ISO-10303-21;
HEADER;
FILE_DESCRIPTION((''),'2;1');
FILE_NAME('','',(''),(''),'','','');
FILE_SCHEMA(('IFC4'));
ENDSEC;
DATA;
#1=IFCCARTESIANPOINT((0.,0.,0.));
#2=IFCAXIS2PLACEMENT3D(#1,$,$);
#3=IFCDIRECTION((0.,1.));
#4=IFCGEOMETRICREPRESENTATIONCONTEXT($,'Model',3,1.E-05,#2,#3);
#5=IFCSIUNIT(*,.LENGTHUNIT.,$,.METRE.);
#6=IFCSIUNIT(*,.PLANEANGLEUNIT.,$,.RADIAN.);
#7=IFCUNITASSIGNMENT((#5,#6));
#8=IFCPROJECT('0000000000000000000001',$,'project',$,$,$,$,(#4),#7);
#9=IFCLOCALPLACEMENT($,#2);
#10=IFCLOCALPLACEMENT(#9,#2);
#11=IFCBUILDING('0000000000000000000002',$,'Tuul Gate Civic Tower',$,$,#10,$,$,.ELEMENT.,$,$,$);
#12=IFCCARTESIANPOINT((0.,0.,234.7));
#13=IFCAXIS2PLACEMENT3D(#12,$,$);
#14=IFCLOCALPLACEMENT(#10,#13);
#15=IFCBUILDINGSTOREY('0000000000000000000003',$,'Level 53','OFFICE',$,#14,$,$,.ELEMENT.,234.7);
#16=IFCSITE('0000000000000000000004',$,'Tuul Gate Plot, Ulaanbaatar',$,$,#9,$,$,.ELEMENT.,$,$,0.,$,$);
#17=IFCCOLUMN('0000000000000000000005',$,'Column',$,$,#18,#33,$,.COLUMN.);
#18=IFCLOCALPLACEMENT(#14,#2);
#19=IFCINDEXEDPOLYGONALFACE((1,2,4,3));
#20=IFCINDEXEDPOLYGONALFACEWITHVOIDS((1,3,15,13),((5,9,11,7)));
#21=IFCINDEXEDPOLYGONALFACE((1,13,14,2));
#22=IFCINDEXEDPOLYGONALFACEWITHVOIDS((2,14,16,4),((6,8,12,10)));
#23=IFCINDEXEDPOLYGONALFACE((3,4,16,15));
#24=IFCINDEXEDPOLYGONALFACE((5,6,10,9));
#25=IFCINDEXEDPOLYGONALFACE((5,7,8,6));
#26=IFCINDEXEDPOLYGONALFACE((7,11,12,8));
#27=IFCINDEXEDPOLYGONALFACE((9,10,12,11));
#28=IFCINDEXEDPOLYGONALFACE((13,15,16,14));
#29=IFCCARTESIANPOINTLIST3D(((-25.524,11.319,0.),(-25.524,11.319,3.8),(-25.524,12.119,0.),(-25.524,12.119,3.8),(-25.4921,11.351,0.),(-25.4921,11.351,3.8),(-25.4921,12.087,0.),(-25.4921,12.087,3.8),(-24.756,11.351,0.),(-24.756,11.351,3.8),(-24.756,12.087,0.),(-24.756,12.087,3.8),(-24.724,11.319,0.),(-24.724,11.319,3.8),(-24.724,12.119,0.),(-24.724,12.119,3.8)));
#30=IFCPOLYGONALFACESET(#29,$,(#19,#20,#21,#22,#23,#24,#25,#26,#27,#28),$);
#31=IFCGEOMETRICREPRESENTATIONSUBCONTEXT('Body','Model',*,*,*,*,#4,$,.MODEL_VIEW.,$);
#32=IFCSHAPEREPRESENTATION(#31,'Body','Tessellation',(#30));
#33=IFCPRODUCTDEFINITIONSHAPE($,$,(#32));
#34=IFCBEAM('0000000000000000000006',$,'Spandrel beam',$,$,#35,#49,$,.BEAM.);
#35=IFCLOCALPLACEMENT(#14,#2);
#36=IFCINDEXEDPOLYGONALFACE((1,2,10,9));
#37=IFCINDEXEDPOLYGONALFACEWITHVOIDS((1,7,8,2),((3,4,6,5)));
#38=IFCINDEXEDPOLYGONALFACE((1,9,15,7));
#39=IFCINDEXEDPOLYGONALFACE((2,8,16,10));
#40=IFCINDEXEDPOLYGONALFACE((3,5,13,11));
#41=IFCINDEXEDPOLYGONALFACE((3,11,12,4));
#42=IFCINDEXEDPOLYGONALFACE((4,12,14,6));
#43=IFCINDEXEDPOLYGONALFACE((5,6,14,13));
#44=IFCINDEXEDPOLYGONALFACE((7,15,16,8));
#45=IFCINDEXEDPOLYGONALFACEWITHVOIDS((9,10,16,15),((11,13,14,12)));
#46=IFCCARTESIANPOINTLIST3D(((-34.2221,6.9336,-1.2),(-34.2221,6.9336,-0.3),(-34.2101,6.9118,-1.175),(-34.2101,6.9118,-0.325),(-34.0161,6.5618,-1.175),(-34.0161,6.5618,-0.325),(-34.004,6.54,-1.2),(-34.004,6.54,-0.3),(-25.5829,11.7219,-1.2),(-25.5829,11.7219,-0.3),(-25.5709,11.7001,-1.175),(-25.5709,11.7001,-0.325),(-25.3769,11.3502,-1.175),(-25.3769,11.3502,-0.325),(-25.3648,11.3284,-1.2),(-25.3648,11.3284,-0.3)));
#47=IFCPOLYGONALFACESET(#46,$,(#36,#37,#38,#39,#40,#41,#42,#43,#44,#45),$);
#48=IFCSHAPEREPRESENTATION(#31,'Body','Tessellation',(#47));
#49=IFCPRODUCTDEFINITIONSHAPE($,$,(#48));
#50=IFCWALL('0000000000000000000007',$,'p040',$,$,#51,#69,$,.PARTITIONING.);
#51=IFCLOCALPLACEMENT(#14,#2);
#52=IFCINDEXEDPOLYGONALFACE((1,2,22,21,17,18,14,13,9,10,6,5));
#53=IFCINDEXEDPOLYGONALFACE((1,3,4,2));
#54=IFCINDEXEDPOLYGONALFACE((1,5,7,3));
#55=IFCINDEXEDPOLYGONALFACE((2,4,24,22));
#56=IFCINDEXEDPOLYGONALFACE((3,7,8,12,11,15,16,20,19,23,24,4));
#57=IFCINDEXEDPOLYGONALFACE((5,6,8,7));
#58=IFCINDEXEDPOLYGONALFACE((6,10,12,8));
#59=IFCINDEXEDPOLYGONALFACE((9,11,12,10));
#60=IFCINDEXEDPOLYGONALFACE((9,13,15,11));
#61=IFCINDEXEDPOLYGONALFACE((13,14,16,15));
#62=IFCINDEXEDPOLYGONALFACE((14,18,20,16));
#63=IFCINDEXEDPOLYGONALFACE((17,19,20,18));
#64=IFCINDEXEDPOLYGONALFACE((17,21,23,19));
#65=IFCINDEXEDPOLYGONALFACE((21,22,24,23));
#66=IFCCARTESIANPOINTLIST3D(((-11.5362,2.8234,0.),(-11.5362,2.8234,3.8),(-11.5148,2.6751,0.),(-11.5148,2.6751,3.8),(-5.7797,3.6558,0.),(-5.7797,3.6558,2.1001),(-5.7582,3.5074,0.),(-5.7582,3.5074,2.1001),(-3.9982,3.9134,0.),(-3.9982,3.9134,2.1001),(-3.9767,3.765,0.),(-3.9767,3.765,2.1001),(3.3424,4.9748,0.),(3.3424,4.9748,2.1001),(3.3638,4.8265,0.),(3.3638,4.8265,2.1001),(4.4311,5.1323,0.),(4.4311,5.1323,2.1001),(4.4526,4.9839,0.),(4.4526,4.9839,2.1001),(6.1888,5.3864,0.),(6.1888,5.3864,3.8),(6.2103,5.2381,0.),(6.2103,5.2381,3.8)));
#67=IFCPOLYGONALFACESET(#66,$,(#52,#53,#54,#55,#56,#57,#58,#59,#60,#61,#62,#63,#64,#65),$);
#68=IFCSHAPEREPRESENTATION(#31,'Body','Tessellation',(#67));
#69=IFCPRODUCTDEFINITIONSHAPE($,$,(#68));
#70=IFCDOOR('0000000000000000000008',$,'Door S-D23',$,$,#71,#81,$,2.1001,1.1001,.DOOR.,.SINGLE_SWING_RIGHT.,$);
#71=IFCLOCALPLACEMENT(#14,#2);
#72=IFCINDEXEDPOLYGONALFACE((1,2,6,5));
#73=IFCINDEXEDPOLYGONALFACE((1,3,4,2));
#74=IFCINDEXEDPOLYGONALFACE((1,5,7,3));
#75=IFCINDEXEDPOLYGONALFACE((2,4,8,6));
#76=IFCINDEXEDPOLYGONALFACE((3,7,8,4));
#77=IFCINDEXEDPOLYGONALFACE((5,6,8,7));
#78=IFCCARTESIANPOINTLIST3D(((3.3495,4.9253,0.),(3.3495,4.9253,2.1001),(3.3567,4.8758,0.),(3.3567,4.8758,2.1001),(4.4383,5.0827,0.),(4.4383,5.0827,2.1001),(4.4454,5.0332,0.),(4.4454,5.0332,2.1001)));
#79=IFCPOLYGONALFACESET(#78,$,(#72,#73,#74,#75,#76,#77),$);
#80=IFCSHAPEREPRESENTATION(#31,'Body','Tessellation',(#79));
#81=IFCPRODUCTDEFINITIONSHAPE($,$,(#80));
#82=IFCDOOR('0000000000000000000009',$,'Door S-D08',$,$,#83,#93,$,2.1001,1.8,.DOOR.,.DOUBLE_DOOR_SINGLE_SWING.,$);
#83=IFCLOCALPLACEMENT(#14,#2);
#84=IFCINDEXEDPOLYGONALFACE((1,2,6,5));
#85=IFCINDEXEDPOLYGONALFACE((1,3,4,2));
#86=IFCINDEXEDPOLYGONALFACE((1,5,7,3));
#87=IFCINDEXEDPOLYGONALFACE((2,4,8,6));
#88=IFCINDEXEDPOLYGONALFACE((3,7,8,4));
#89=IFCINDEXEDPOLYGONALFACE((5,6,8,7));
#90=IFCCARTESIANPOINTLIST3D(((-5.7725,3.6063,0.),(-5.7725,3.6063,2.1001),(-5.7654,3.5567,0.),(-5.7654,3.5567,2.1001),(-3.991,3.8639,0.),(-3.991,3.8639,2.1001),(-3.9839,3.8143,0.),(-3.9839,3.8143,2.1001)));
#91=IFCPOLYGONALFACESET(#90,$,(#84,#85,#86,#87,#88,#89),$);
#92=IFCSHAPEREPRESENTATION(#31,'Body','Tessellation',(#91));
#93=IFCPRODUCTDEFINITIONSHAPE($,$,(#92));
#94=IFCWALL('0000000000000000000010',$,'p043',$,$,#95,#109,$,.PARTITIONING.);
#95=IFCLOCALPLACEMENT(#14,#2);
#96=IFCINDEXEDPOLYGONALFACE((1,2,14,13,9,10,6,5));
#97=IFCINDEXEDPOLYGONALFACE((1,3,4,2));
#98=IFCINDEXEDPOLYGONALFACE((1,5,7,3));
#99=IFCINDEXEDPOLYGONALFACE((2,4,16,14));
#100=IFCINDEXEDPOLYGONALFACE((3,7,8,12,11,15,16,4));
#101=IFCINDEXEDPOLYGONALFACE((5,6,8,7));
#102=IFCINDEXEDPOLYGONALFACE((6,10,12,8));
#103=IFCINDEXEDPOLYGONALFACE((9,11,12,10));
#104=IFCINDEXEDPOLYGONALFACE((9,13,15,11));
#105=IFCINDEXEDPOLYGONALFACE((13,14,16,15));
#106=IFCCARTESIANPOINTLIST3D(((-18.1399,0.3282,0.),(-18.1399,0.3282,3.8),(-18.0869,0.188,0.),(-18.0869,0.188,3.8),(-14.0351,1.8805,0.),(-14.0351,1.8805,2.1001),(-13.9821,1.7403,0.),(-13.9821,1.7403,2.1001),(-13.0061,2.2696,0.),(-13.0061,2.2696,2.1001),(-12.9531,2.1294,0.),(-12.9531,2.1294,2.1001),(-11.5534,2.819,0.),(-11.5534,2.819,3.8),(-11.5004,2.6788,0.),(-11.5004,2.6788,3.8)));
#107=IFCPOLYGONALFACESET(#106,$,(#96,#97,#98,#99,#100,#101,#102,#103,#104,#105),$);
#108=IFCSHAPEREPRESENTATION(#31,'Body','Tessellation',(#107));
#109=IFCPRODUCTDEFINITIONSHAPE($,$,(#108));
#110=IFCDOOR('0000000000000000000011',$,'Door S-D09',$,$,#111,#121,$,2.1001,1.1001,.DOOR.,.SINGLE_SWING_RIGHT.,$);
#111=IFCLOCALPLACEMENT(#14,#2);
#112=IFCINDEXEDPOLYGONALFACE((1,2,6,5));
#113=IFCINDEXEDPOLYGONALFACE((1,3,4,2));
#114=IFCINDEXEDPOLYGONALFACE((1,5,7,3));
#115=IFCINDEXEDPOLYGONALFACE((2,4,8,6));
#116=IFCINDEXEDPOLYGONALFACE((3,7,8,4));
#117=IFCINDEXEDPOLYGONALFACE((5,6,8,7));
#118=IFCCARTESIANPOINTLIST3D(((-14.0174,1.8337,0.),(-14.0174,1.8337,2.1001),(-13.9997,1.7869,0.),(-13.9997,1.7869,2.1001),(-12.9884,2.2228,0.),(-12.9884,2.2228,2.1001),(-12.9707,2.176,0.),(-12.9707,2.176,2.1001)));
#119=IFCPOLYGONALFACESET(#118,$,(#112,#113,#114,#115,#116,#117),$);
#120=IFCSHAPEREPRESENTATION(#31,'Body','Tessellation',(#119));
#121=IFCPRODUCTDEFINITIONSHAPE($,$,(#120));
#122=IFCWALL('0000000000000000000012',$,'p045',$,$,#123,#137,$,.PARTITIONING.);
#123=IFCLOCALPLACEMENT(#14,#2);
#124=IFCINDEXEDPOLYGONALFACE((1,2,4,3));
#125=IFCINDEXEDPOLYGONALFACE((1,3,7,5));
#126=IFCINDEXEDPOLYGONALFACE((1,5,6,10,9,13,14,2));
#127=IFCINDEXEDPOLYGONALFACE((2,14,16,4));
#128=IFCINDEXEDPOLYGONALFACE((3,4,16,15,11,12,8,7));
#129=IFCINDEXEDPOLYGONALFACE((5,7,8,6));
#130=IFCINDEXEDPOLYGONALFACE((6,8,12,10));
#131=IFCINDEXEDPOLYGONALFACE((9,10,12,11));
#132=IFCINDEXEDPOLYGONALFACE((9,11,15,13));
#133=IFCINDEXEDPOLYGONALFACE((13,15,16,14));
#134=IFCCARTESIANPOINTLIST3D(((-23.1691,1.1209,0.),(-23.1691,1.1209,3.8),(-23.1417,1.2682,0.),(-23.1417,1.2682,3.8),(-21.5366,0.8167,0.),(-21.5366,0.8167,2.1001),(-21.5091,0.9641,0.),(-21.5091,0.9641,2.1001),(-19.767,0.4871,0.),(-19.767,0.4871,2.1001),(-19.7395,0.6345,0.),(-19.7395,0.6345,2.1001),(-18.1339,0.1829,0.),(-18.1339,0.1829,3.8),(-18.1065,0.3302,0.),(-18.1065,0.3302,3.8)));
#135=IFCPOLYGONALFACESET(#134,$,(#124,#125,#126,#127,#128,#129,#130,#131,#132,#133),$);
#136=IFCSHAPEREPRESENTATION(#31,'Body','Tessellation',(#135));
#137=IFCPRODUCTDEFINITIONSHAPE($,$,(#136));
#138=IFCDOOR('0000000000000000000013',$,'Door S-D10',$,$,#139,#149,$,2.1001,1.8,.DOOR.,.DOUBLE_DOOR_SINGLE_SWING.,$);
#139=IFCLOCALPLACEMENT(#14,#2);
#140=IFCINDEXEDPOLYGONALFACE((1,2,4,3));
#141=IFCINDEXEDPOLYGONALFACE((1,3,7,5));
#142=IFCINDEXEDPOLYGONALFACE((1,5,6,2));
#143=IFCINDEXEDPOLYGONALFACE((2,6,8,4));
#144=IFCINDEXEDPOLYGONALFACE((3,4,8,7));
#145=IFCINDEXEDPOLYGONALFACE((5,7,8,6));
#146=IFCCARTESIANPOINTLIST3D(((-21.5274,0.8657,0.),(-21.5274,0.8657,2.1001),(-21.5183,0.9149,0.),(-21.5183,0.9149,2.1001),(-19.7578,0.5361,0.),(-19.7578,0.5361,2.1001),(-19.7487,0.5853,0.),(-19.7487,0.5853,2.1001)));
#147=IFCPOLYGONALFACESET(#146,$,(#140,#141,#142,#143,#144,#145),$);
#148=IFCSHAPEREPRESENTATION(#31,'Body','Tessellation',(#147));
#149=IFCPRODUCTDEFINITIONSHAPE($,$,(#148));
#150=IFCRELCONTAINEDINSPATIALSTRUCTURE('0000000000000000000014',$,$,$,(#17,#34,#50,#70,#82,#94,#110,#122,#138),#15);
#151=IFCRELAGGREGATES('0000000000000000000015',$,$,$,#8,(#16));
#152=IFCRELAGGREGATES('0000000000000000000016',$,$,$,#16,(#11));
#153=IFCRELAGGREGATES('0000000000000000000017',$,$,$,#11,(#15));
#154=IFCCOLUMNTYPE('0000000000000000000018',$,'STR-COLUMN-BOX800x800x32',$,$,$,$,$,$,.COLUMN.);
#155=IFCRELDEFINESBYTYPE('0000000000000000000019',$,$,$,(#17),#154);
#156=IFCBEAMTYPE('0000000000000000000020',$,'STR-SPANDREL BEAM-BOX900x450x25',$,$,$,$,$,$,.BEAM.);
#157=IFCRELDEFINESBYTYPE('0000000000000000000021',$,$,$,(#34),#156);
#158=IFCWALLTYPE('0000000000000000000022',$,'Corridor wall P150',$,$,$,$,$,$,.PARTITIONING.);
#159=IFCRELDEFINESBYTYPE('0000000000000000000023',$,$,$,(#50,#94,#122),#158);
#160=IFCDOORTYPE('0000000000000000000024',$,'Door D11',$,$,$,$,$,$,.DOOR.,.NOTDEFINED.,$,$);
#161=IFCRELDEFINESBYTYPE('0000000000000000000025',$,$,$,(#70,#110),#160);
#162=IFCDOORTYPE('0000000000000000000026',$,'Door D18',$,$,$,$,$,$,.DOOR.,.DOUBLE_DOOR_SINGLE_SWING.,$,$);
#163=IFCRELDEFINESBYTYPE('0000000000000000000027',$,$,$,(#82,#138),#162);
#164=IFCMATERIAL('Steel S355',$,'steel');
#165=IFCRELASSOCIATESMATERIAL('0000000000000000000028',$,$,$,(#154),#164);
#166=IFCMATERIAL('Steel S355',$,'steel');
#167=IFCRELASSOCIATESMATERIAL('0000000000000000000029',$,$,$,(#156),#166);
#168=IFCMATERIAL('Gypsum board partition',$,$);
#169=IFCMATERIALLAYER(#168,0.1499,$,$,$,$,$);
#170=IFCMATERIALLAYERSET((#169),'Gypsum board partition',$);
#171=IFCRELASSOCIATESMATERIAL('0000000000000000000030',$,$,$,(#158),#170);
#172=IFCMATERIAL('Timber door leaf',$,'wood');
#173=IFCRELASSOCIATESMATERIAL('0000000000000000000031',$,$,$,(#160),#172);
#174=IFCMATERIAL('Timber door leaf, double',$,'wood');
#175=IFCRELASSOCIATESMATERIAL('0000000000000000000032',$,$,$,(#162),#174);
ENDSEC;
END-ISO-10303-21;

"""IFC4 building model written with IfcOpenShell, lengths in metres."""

from ifc_helpers import new_model, si_unit, direction, frame, frame_2d, origin, origin_2d, place, context, subcontext, project, spatial, rectangle, hollow_rectangle, extrude, material, layer, layer_set, material_profile, profile_set, type_object, element, fill, save


model = new_model("IFC4")

# Units and contexts
model_context = context("Model", 3, precision=1e-05, world=origin(), true_north=direction((0.0, 1.0)))
body_context = subcontext(model_context, "Body", "Model", "MODEL_VIEW")
ifc_project = project(units=[si_unit("LENGTHUNIT", "METRE"), si_unit("PLANEANGLEUNIT", "RADIAN")], contexts=[model_context])

# Site, building, storey
site_placement = place(None, origin())
site = spatial("IfcSite", under=ifc_project, at=site_placement, Name="Tuul Gate Plot, Ulaanbaatar", CompositionType="ELEMENT", RefElevation=0.0)
building_placement = place(site_placement, origin())
building = spatial("IfcBuilding", under=site, at=building_placement, Name="Tuul Gate Civic Tower", CompositionType="ELEMENT")
storey_placement = place(building_placement, frame((0.0, 0.0, 234.7)))
storey = spatial("IfcBuildingStorey", under=building, at=storey_placement, Name="Level 53", Description="OFFICE", CompositionType="ELEMENT", Elevation=234.7)

# Column
ifc_material_1 = material(Name="Steel S355", Category="steel")
ifc_material_profile_1 = material_profile(ifc_material_1, hollow_rectangle(XDim=0.8, YDim=0.8, WallThickness=0.032, at=origin_2d()), Name="BOX800x800x32")
ifc_profile_set_1 = profile_set([ifc_material_profile_1], Name="Steel S355")
column_type = type_object("IfcColumnType", Name="STR-COLUMN-BOX800x800x32", PredefinedType="COLUMN", material=ifc_profile_set_1)
column_placement = place(storey_placement, frame((-25.124, 11.719, 0.0), z_axis=(0.0, 0.0, 1.0), x_axis=(1.0, 0.0, 0.0)))
element("IfcColumn", 1, at=column_placement, inside=storey, type_object=column_type, Name="Column", PredefinedType="COLUMN", context=body_context, shape_type="SweptSolid", body=[
    extrude(hollow_rectangle(XDim=0.8, YDim=0.8, WallThickness=0.032, at=origin_2d()), origin(), (0.0, 0.0, 1.0), 3.8),
])

# Beam
ifc_material_2 = material(Name="Steel S355", Category="steel")
ifc_material_profile_2 = material_profile(ifc_material_2, hollow_rectangle(XDim=0.45, YDim=0.8999, WallThickness=0.0249, at=origin_2d()), Name="BOX900x450x25")
ifc_profile_set_2 = profile_set([ifc_material_profile_2], Name="Steel S355")
beam_type = type_object("IfcBeamType", Name="STR-SPANDREL BEAM-BOX900x450x25", PredefinedType="BEAM", material=ifc_profile_set_2)
beam_placement = place(storey_placement, frame((-25.4739, 11.5251, -0.75), z_axis=(-0.874638, -0.484776, 0.0), x_axis=(0.484776, -0.874638, 0.0)))
element("IfcBeam", 2, at=beam_placement, inside=storey, type_object=beam_type, Name="Spandrel beam", PredefinedType="BEAM", context=body_context, shape_type="SweptSolid", body=[
    extrude(hollow_rectangle(XDim=0.45, YDim=0.8999, WallThickness=0.0249, at=origin_2d()), origin(), (0.0, 0.0, 1.0), 9.8774),
])

# Wall, openings, doors
ifc_material_3 = material(Name="Gypsum board partition")
ifc_layer_1 = layer(ifc_material_3, 0.1499)
ifc_layer_set_1 = layer_set([ifc_layer_1], Name="Gypsum board partition")
wall_type_1 = type_object("IfcWallType", Name="Corridor wall P150", PredefinedType="PARTITIONING", material=ifc_layer_set_1)
wall_1_placement = place(storey_placement, frame((-11.5254, 2.7493, 0.0), z_axis=(0.0, 0.0, 1.0), x_axis=(0.989707, 0.143108, 0.0)))
wall_1 = element("IfcWall", 3, at=wall_1_placement, inside=storey, type_object=wall_type_1, Name="p040", PredefinedType="PARTITIONING", context=body_context, shape_type="SweptSolid", body=[
    extrude(rectangle(XDim=17.9094, YDim=0.1499, at=frame_2d((8.9546, 0.0))), origin(), (0.0, 0.0, 1.0), 3.8),
])
opening_1_placement = place(wall_1_placement, frame((5.8164, 0.0, 0.0)))
opening_1 = element("IfcOpeningElement", 4, at=opening_1_placement, cuts=wall_1, PredefinedType="OPENING", context=body_context, shape_type="SweptSolid", body=[
    extrude(rectangle(XDim=1.8, YDim=2.1001, at=frame_2d((0.8999, 1.05))), frame((0.0, 0.085, 0.0), z_axis=(0.0, -1.0, 0.0), x_axis=(1.0, 0.0, 0.0)), (0.0, 0.0, 1.0), 0.1699),
])
opening_2_placement = place(wall_1_placement, frame((15.0332, 0.0, 0.0)))
opening_2 = element("IfcOpeningElement", 5, at=opening_2_placement, cuts=wall_1, PredefinedType="OPENING", context=body_context, shape_type="SweptSolid", body=[
    extrude(rectangle(XDim=1.1001, YDim=2.1001, at=frame_2d((0.55, 1.05))), frame((0.0, 0.085, 0.0), z_axis=(0.0, -1.0, 0.0), x_axis=(1.0, 0.0, 0.0)), (0.0, 0.0, 1.0), 0.1699),
])
ifc_material_4 = material(Name="Timber door leaf", Category="wood")
door_type_1 = type_object("IfcDoorType", Name="Door D11", OperationType="NOTDEFINED", PredefinedType="DOOR", material=ifc_material_4)
door_1_placement = place(opening_2_placement, origin())
door_1 = element("IfcDoor", 6, at=door_1_placement, inside=storey, type_object=door_type_1, Name="Door S-D23", OperationType="SINGLE_SWING_RIGHT", OverallHeight=2.1001, OverallWidth=1.1001, PredefinedType="DOOR", context=body_context, shape_type="SweptSolid", body=[
    extrude(rectangle(XDim=1.1001, YDim=2.1001, at=frame_2d((0.55, 1.05))), frame((0.0, 0.0249, 0.0), z_axis=(0.0, -1.0, 0.0), x_axis=(1.0, 0.0, 0.0)), (0.0, 0.0, 1.0), 0.05),
])
fill(opening_2, door_1)
ifc_material_5 = material(Name="Timber door leaf, double", Category="wood")
door_type_2 = type_object("IfcDoorType", Name="Door D18", OperationType="DOUBLE_DOOR_SINGLE_SWING", PredefinedType="DOOR", material=ifc_material_5)
door_2_placement = place(opening_1_placement, origin())
door_2 = element("IfcDoor", 7, at=door_2_placement, inside=storey, type_object=door_type_2, Name="Door S-D08", OperationType="DOUBLE_DOOR_SINGLE_SWING", OverallHeight=2.1001, OverallWidth=1.8, PredefinedType="DOOR", context=body_context, shape_type="SweptSolid", body=[
    extrude(rectangle(XDim=1.8, YDim=2.1001, at=frame_2d((0.8999, 1.05))), frame((0.0, 0.0249, 0.0), z_axis=(0.0, -1.0, 0.0), x_axis=(1.0, 0.0, 0.0)), (0.0, 0.0, 1.0), 0.05),
])
fill(opening_1, door_2)

# Walls, openings, doors
wall_2_placement = place(storey_placement, frame((-18.1135, 0.2581, 0.0), z_axis=(0.0, 0.0, 1.0), x_axis=(0.935354, 0.353713, 0.0)))
wall_2 = element("IfcWall", 8, at=wall_2_placement, inside=storey, type_object=wall_type_1, Name="p043", PredefinedType="PARTITIONING", context=body_context, shape_type="SweptSolid", body=[
    extrude(rectangle(XDim=7.0417, YDim=0.1499, at=frame_2d((3.521, 0.0))), origin(), (0.0, 0.0, 1.0), 3.8),
])
opening_3_placement = place(wall_2_placement, frame((4.3887, 0.0, 0.0)))
opening_3 = element("IfcOpeningElement", 9, at=opening_3_placement, cuts=wall_2, PredefinedType="OPENING", context=body_context, shape_type="SweptSolid", body=[
    extrude(rectangle(XDim=1.1001, YDim=2.1001, at=frame_2d((0.55, 1.05))), frame((0.0, 0.085, 0.0), z_axis=(0.0, -1.0, 0.0), x_axis=(1.0, 0.0, 0.0)), (0.0, 0.0, 1.0), 0.1699),
])
door_3_placement = place(opening_3_placement, origin())
door_3 = element("IfcDoor", 10, at=door_3_placement, inside=storey, type_object=door_type_1, Name="Door S-D09", OperationType="SINGLE_SWING_RIGHT", OverallHeight=2.1001, OverallWidth=1.1001, PredefinedType="DOOR", context=body_context, shape_type="SweptSolid", body=[
    extrude(rectangle(XDim=1.1001, YDim=2.1001, at=frame_2d((0.55, 1.05))), frame((0.0, 0.0249, 0.0), z_axis=(0.0, -1.0, 0.0), x_axis=(1.0, 0.0, 0.0)), (0.0, 0.0, 1.0), 0.05),
])
fill(opening_3, door_3)
wall_3_placement = place(storey_placement, frame((-23.1555, 1.1946, 0.0), z_axis=(0.0, 0.0, 1.0), x_axis=(0.983087, -0.183137, 0.0)))
wall_3 = element("IfcWall", 11, at=wall_3_placement, inside=storey, type_object=wall_type_1, Name="p045", PredefinedType="PARTITIONING", context=body_context, shape_type="SweptSolid", body=[
    extrude(rectangle(XDim=5.1218, YDim=0.1499, at=frame_2d((2.561, 0.0))), origin(), (0.0, 0.0, 1.0), 3.8),
])
opening_4_placement = place(wall_3_placement, frame((1.6609, 0.0, 0.0)))
opening_4 = element("IfcOpeningElement", 12, at=opening_4_placement, cuts=wall_3, PredefinedType="OPENING", context=body_context, shape_type="SweptSolid", body=[
    extrude(rectangle(XDim=1.8, YDim=2.1001, at=frame_2d((0.8999, 1.05))), frame((0.0, 0.085, 0.0), z_axis=(0.0, -1.0, 0.0), x_axis=(1.0, 0.0, 0.0)), (0.0, 0.0, 1.0), 0.1699),
])
door_4_placement = place(opening_4_placement, origin())
door_4 = element("IfcDoor", 13, at=door_4_placement, inside=storey, type_object=door_type_2, Name="Door S-D10", OperationType="DOUBLE_DOOR_SINGLE_SWING", OverallHeight=2.1001, OverallWidth=1.8, PredefinedType="DOOR", context=body_context, shape_type="SweptSolid", body=[
    extrude(rectangle(XDim=1.8, YDim=2.1001, at=frame_2d((0.8999, 1.05))), frame((0.0, 0.0249, 0.0), z_axis=(0.0, -1.0, 0.0), x_axis=(1.0, 0.0, 0.0)), (0.0, 0.0, 1.0), 0.05),
])
fill(opening_4, door_4)

save(model, "model.ifc")
